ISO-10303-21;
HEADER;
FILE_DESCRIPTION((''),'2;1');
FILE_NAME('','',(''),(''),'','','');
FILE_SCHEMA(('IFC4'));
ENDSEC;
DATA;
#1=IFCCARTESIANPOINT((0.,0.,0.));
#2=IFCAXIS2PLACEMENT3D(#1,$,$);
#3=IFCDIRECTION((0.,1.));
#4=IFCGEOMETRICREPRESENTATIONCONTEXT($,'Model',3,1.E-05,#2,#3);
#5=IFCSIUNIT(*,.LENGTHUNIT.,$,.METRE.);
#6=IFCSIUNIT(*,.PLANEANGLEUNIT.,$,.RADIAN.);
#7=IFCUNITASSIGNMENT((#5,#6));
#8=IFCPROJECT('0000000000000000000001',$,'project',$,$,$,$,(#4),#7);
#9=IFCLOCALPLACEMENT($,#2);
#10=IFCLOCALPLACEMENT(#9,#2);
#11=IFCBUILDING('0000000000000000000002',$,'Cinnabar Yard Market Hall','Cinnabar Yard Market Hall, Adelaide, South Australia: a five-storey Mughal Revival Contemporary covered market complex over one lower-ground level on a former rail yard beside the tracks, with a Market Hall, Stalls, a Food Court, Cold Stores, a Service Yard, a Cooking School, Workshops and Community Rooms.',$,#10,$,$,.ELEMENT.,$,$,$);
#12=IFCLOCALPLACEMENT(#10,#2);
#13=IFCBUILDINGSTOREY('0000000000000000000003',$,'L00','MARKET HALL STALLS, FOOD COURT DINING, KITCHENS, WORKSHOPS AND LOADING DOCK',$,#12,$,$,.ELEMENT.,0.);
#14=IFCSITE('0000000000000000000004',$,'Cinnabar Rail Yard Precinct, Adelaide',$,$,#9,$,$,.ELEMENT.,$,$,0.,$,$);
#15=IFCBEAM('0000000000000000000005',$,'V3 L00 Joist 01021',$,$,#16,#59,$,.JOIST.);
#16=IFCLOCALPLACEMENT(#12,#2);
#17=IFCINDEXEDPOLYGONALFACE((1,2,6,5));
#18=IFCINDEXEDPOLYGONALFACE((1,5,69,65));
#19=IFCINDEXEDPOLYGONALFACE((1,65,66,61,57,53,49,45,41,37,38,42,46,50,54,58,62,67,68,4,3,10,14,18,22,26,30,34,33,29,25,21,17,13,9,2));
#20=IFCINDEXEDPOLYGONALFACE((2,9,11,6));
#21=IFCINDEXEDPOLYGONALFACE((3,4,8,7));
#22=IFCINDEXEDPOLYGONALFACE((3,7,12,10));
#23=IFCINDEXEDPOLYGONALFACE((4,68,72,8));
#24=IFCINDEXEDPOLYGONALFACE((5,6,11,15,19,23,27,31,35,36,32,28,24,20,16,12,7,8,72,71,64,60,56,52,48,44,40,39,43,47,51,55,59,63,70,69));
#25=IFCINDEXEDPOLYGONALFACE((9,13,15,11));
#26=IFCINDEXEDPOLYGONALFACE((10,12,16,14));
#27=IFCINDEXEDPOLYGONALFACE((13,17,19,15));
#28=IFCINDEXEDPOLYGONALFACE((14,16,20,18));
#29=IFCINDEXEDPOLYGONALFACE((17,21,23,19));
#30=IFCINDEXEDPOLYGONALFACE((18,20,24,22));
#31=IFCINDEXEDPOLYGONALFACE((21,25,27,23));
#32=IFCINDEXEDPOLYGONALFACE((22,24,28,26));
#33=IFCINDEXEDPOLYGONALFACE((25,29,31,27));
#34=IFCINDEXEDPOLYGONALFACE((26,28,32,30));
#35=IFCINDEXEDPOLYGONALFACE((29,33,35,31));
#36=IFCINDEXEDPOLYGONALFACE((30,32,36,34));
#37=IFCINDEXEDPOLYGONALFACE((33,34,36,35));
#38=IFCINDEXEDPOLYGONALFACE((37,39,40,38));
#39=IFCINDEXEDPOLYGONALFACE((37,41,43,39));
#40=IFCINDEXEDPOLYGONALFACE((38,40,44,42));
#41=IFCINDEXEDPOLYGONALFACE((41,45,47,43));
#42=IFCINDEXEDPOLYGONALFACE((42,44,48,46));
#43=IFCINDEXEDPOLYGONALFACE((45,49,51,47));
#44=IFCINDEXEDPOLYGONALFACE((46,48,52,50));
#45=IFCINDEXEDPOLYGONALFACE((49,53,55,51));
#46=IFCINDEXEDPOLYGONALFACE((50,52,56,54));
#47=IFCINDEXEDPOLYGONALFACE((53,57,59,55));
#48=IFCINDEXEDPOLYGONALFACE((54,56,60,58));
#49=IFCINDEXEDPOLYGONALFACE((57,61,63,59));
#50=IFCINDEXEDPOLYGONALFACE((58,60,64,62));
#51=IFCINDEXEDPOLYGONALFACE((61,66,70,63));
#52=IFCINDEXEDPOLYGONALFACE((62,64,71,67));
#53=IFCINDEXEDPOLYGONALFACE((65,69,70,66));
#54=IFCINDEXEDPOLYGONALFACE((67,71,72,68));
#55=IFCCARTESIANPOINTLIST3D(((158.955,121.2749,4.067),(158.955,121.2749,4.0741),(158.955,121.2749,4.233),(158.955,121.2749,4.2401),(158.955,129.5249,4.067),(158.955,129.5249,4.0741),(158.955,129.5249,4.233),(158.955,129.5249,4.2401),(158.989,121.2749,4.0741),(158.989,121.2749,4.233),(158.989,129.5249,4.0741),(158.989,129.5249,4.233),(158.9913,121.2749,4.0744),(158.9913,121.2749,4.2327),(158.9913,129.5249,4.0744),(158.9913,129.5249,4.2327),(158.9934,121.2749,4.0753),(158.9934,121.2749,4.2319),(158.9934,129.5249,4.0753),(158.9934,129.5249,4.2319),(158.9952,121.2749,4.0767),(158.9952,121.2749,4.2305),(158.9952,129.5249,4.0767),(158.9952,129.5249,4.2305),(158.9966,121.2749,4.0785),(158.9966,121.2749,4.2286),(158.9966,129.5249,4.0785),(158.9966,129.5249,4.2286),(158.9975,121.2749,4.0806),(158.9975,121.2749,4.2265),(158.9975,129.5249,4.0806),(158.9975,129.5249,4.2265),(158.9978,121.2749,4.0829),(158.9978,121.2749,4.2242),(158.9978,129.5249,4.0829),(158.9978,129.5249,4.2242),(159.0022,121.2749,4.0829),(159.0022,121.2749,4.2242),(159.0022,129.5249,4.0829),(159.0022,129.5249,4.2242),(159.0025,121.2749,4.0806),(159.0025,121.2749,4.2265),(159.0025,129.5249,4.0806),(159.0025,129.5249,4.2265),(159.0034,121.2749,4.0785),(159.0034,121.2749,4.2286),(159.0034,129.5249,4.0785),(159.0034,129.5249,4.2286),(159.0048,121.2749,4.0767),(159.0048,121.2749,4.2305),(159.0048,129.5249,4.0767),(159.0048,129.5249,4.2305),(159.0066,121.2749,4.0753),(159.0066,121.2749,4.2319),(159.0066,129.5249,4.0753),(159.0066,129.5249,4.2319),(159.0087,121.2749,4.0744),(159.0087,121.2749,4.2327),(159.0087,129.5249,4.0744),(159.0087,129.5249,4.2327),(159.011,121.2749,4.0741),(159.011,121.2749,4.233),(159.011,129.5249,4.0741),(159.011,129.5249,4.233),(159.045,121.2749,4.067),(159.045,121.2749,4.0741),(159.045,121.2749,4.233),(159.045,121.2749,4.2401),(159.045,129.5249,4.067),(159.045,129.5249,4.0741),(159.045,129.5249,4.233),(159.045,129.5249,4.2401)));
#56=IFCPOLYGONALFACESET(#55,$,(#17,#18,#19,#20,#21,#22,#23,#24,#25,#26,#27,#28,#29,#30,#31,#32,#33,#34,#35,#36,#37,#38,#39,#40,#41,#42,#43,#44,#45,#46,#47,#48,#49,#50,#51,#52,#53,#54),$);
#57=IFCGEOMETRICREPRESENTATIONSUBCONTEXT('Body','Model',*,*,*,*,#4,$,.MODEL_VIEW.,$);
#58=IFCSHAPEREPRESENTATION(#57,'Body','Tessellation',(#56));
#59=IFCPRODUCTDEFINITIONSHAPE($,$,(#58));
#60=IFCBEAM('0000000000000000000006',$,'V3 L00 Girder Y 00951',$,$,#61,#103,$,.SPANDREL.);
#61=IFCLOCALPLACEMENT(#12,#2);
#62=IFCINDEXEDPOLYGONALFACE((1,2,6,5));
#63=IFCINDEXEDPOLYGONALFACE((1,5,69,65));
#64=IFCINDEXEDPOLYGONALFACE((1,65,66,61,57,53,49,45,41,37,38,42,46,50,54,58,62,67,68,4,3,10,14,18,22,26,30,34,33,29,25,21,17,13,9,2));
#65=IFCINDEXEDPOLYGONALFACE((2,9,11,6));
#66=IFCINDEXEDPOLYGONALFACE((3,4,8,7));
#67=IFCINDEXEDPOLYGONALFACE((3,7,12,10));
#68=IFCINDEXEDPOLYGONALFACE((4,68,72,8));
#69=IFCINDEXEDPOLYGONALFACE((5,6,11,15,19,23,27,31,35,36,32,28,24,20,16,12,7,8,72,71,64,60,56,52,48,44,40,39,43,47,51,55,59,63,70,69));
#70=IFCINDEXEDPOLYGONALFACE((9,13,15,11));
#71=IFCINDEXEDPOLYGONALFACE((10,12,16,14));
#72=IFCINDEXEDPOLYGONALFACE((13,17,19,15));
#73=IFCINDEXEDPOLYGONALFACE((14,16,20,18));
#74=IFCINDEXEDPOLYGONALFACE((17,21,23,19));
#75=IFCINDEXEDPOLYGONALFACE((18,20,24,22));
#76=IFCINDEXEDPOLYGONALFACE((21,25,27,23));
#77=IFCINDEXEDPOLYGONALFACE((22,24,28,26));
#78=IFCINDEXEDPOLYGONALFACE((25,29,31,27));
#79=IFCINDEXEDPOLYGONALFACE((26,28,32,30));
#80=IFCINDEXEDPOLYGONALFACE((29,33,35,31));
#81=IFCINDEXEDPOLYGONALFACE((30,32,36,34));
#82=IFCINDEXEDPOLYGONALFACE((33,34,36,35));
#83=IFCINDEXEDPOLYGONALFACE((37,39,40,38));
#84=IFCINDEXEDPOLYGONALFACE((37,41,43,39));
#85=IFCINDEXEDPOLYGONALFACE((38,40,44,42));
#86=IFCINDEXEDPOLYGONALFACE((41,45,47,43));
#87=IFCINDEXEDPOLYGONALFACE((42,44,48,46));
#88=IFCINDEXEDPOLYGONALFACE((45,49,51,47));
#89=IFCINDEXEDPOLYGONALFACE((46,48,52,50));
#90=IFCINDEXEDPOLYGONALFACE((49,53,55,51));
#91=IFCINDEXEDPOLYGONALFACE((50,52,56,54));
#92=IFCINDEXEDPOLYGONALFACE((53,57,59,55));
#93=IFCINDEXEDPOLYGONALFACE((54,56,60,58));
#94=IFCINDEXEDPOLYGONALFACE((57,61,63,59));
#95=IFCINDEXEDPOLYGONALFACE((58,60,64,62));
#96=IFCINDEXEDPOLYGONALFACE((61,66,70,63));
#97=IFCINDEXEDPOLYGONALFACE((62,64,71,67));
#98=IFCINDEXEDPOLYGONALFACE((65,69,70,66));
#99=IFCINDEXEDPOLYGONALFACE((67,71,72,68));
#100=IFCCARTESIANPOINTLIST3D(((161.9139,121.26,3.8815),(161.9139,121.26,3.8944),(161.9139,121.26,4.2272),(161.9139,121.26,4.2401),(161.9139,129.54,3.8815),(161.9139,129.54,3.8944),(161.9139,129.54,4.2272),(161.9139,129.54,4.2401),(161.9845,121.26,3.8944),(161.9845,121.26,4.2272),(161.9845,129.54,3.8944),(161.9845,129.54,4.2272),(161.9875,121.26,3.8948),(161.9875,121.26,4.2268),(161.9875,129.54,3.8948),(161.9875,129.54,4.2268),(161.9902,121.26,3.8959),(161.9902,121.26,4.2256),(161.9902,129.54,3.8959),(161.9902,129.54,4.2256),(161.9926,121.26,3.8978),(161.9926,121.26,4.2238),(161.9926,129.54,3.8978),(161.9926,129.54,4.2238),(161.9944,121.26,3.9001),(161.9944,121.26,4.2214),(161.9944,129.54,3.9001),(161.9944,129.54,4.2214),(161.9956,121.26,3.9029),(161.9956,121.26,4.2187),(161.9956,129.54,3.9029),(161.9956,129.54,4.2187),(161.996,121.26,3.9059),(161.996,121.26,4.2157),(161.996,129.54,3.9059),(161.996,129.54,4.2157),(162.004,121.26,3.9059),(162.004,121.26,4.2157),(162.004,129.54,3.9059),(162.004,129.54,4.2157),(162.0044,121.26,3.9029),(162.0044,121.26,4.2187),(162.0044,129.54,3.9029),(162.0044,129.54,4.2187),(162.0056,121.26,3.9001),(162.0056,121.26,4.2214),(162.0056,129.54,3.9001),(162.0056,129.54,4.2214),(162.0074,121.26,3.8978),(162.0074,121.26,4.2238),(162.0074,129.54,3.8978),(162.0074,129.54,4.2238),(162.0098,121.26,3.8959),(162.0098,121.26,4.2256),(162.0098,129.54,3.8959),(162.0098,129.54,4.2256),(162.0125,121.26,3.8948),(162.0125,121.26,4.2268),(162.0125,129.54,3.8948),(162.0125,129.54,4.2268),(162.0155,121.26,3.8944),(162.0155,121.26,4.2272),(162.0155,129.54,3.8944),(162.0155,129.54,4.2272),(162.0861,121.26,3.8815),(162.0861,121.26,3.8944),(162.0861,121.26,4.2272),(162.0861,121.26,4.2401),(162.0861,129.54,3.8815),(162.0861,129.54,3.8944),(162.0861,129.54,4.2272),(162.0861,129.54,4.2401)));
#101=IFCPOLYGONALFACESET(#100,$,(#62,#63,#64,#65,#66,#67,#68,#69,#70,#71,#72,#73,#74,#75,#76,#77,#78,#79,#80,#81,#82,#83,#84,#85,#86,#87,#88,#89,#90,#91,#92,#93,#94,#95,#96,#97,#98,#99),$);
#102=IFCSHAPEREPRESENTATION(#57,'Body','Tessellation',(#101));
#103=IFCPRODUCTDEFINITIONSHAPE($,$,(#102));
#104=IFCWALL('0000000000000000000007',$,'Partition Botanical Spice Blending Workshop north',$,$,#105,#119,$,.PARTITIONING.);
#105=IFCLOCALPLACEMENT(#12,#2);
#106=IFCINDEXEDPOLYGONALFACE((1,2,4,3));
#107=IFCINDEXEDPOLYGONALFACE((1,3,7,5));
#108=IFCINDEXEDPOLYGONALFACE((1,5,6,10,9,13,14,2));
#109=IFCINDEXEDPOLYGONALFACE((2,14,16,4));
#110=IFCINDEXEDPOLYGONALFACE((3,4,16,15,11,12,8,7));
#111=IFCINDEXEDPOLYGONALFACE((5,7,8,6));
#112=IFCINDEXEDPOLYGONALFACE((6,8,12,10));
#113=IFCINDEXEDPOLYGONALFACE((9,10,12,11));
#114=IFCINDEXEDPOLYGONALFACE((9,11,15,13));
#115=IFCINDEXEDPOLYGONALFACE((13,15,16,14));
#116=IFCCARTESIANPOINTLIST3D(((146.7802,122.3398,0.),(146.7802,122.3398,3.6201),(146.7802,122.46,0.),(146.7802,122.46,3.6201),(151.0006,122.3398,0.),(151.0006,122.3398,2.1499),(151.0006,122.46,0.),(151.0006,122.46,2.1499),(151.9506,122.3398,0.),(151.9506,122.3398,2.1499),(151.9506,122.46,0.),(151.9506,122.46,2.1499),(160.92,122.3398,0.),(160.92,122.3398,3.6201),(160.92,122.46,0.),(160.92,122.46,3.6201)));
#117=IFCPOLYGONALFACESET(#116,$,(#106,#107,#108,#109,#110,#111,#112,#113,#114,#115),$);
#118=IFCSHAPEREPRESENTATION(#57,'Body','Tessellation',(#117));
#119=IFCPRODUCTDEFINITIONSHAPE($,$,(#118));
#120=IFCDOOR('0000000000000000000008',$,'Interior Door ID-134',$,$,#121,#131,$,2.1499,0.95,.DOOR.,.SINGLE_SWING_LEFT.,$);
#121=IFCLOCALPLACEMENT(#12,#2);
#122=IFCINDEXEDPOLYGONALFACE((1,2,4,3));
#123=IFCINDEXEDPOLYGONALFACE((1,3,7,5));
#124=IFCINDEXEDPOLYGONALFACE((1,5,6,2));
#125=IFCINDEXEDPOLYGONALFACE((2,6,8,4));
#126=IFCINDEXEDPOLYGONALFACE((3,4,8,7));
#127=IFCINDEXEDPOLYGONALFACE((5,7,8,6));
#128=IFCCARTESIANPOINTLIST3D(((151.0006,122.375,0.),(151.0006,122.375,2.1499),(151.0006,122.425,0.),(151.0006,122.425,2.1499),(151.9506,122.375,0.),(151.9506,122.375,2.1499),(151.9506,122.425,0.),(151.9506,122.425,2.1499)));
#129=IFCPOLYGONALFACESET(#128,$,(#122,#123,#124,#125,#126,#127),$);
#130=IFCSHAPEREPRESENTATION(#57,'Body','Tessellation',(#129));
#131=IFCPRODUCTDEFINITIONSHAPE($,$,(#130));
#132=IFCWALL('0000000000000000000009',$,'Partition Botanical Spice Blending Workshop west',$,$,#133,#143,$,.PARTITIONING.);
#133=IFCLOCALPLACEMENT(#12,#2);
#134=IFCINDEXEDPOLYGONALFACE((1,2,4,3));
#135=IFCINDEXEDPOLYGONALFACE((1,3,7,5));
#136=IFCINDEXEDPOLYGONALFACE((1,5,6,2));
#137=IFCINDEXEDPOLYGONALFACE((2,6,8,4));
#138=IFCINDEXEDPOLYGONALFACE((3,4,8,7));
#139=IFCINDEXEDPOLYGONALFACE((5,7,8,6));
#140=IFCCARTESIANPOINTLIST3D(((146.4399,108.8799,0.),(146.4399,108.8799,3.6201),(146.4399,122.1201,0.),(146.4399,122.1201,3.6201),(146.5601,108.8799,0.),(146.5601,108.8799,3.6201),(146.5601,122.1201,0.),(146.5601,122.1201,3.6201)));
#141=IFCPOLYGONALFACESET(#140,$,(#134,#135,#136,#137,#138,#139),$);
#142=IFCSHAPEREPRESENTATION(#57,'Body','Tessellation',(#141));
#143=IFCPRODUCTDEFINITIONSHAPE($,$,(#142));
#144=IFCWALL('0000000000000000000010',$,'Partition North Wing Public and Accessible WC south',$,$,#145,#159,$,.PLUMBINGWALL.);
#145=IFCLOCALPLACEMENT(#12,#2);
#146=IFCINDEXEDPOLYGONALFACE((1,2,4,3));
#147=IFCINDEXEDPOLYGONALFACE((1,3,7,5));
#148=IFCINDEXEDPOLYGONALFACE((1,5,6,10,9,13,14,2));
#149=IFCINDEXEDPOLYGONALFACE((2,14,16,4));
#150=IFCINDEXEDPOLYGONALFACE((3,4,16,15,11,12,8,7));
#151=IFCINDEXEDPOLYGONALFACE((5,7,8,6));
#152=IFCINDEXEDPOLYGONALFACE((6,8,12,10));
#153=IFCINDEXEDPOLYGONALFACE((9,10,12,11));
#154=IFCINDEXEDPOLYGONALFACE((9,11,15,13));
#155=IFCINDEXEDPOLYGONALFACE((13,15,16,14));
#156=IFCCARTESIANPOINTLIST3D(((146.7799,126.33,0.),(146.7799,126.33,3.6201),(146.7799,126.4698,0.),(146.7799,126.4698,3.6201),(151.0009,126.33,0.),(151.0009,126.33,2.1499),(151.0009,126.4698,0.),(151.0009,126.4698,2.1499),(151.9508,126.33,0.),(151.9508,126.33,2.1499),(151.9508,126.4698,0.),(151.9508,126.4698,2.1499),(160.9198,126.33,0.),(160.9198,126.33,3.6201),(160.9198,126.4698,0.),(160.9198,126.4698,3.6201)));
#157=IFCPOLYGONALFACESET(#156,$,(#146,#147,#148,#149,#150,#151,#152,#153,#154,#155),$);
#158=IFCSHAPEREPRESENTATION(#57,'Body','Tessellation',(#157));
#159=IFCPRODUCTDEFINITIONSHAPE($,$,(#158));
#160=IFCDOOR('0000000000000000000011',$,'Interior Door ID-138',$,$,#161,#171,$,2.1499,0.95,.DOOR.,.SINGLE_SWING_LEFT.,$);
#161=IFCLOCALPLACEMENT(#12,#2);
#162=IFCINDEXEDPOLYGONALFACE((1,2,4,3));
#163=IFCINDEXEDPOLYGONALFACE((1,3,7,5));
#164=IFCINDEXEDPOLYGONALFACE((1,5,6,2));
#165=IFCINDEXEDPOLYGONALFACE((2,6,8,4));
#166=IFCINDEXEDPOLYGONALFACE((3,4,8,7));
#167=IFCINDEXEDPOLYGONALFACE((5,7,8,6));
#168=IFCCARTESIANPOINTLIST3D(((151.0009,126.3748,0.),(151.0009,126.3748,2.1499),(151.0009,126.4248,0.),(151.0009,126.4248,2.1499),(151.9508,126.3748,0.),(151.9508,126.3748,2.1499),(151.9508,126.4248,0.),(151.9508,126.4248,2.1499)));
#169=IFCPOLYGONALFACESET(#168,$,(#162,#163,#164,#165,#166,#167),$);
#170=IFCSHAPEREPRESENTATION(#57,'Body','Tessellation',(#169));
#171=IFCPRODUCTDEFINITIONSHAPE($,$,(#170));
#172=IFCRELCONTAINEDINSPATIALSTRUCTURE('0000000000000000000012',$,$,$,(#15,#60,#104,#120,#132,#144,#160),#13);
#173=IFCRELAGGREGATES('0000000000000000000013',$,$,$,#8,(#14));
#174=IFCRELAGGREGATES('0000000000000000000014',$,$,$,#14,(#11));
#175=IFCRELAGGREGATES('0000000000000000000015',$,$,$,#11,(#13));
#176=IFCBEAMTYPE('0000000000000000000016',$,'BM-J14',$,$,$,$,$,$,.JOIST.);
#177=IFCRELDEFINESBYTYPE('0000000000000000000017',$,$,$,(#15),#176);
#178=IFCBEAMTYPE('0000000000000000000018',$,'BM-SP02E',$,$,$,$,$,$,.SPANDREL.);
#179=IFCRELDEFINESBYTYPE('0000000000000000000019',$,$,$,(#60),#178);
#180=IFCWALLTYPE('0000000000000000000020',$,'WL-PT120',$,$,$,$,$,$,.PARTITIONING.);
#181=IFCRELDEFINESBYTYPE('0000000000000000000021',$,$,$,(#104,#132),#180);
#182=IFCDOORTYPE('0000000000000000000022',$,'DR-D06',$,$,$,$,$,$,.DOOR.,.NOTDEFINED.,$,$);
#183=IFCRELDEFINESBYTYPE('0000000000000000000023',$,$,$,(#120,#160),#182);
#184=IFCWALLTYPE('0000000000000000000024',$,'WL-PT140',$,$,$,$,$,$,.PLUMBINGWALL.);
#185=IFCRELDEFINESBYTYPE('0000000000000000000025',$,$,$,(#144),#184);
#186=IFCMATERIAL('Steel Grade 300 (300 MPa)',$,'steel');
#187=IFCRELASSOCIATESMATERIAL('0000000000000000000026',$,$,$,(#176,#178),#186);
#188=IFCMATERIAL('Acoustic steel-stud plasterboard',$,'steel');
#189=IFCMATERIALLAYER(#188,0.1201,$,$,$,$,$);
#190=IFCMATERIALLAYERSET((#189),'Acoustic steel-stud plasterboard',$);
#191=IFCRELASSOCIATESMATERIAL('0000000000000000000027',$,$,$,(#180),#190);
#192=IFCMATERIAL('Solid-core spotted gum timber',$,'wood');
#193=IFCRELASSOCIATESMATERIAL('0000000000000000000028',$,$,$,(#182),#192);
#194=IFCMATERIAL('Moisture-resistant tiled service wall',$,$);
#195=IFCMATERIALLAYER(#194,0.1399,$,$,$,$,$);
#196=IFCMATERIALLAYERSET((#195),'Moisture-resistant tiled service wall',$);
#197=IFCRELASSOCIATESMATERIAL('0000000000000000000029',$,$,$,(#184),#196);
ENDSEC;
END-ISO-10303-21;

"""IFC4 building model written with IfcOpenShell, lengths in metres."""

from ifc_helpers import new_model, si_unit, direction, frame, frame_2d, origin, origin_2d_with_axis, place, context, subcontext, project, spatial, rectangle, i_section, extrude, material, layer, layer_set, material_profile, profile_set, type_object, element, fill, save


model = new_model("IFC4")

# Units and contexts
model_context = context("Model", 3, precision=1e-05, world=origin(), true_north=direction((0.0, 1.0)))
body_context = subcontext(model_context, "Body", "Model", "MODEL_VIEW")
ifc_project = project(units=[si_unit("LENGTHUNIT", "METRE"), si_unit("PLANEANGLEUNIT", "RADIAN")], contexts=[model_context])

# Site, building, storey
site_placement = place(None, origin())
site = spatial("IfcSite", under=ifc_project, at=site_placement, Name="Cinnabar Rail Yard Precinct, Adelaide", CompositionType="ELEMENT", RefElevation=0.0)
building_placement = place(site_placement, origin())
building = spatial("IfcBuilding", under=site, at=building_placement, Name="Cinnabar Yard Market Hall", Description="Cinnabar Yard Market Hall, Adelaide, South Australia: a five-storey Mughal Revival Contemporary covered market complex over one lower-ground level on a former rail yard beside the tracks, with a Market Hall, Stalls, a Food Court, Cold Stores, a Service Yard, a Cooking School, Workshops and Community Rooms.", CompositionType="ELEMENT")
storey_placement = place(building_placement, origin())
storey = spatial("IfcBuildingStorey", under=building, at=storey_placement, Name="L00", Description="MARKET HALL STALLS, FOOD COURT DINING, KITCHENS, WORKSHOPS AND LOADING DOCK", CompositionType="ELEMENT", Elevation=0.0)

# Shared definitions
ifc_material_1 = material(Name="Steel Grade 300 (300 MPa)", Category="steel")

# Beams
ifc_material_profile_1 = material_profile(ifc_material_1, i_section(OverallWidth=0.0901, OverallDepth=0.1731, WebThickness=0.0044, FlangeThickness=0.0071, FilletRadius=0.0088, at=origin_2d_with_axis()), Name="180UB16.1")
ifc_profile_set_1 = profile_set([ifc_material_profile_1], Name="Steel Grade 300 (300 MPa)")
beam_type_1 = type_object("IfcBeamType", Name="BM-J14", PredefinedType="JOIST", material=ifc_profile_set_1)
beam_1_placement = place(storey_placement, frame((159.0, 121.2749, 4.1536), z_axis=(0.0, 1.0, 0.0), x_axis=(-1.0, 0.0, 0.0)))
element("IfcBeam", 1, at=beam_1_placement, inside=storey, type_object=beam_type_1, Name="V3 L00 Joist 01021", PredefinedType="JOIST", context=body_context, shape_type="SweptSolid", body=[
    extrude(i_section(OverallWidth=0.0901, OverallDepth=0.1731, WebThickness=0.0044, FlangeThickness=0.0071, FilletRadius=0.0088, at=origin_2d_with_axis()), origin(), (0.0, 0.0, 1.0), 8.25),
])
ifc_material_profile_2 = material_profile(ifc_material_1, i_section(OverallWidth=0.1721, OverallDepth=0.3586, WebThickness=0.0081, FlangeThickness=0.0129, FilletRadius=0.0115, at=origin_2d_with_axis()), Name="360UB56.7")
ifc_profile_set_2 = profile_set([ifc_material_profile_2], Name="Steel Grade 300 (300 MPa)")
beam_type_2 = type_object("IfcBeamType", Name="BM-SP02E", PredefinedType="SPANDREL", material=ifc_profile_set_2)
beam_2_placement = place(storey_placement, frame((162.0, 121.26, 4.0608), z_axis=(0.0, 1.0, 0.0), x_axis=(-1.0, 0.0, 0.0)))
element("IfcBeam", 2, at=beam_2_placement, inside=storey, type_object=beam_type_2, Name="V3 L00 Girder Y 00951", PredefinedType="SPANDREL", context=body_context, shape_type="SweptSolid", body=[
    extrude(i_section(OverallWidth=0.1721, OverallDepth=0.3586, WebThickness=0.0081, FlangeThickness=0.0129, FilletRadius=0.0115, at=origin_2d_with_axis()), origin(), (0.0, 0.0, 1.0), 8.28),
])

# Wall, opening, door
ifc_material_2 = material(Name="Acoustic steel-stud plasterboard", Category="steel")
ifc_layer_1 = layer(ifc_material_2, 0.1201)
ifc_layer_set_1 = layer_set([ifc_layer_1], Name="Acoustic steel-stud plasterboard")
wall_type_1 = type_object("IfcWallType", Name="WL-PT120", PredefinedType="PARTITIONING", material=ifc_layer_set_1)
wall_1_placement = place(storey_placement, frame((160.9199, 122.3999, 0.0), z_axis=(0.0, 0.0, 1.0), x_axis=(-1.0, 0.0, 0.0)))
wall_1 = element("IfcWall", 3, at=wall_1_placement, inside=storey, type_object=wall_type_1, Name="Partition Botanical Spice Blending Workshop north", PredefinedType="PARTITIONING", context=body_context, shape_type="SweptSolid", body=[
    extrude(rectangle(XDim=14.1399, YDim=0.1201, at=frame_2d((7.0698, 0.0), x_axis=(1.0, 0.0))), origin(), (0.0, 0.0, 1.0), 3.6201),
])
opening_1_placement = place(wall_1_placement, frame((8.9692, 0.0, 0.0)))
opening_1 = element("IfcOpeningElement", 4, at=opening_1_placement, cuts=wall_1, PredefinedType="OPENING", context=body_context, shape_type="SweptSolid", body=[
    extrude(rectangle(XDim=0.95, YDim=2.1499, at=frame_2d((0.4751, 1.075), x_axis=(1.0, 0.0))), frame((0.0, 0.0701, 0.0), z_axis=(0.0, -1.0, 0.0), x_axis=(1.0, 0.0, 0.0)), (0.0, 0.0, 1.0), 0.1401),
])
ifc_material_3 = material(Name="Solid-core spotted gum timber", Category="wood")
door_type = type_object("IfcDoorType", Name="DR-D06", OperationType="NOTDEFINED", PredefinedType="DOOR", material=ifc_material_3)
door_1_placement = place(opening_1_placement, origin())
door_1 = element("IfcDoor", 5, at=door_1_placement, inside=storey, type_object=door_type, Name="Interior Door ID-134", OperationType="SINGLE_SWING_LEFT", OverallHeight=2.1499, OverallWidth=0.95, PredefinedType="DOOR", context=body_context, shape_type="SweptSolid", body=[
    extrude(rectangle(XDim=0.95, YDim=2.1499, at=frame_2d((0.4751, 1.075), x_axis=(1.0, 0.0))), frame((0.0, 0.0249, 0.0), z_axis=(0.0, -1.0, 0.0), x_axis=(1.0, 0.0, 0.0)), (0.0, 0.0, 1.0), 0.05),
])
fill(opening_1, door_1)

# Wall
wall_2_placement = place(storey_placement, frame((146.5, 122.1201, 0.0), z_axis=(0.0, 0.0, 1.0), x_axis=(0.0, -1.0, 0.0)))
element("IfcWall", 6, at=wall_2_placement, inside=storey, type_object=wall_type_1, Name="Partition Botanical Spice Blending Workshop west", PredefinedType="PARTITIONING", context=body_context, shape_type="SweptSolid", body=[
    extrude(rectangle(XDim=13.2402, YDim=0.1201, at=frame_2d((6.6201, 0.0), x_axis=(1.0, 0.0))), origin(), (0.0, 0.0, 1.0), 3.6201),
])

# Wall, opening, door
ifc_material_4 = material(Name="Moisture-resistant tiled service wall")
ifc_layer_2 = layer(ifc_material_4, 0.1399)
ifc_layer_set_2 = layer_set([ifc_layer_2], Name="Moisture-resistant tiled service wall")
wall_type_2 = type_object("IfcWallType", Name="WL-PT140", PredefinedType="PLUMBINGWALL", material=ifc_layer_set_2)
wall_3_placement = place(storey_placement, frame((146.78, 126.3999, 0.0), z_axis=(0.0, 0.0, 1.0), x_axis=(1.0, 0.0, 0.0)))
wall_3 = element("IfcWall", 7, at=wall_3_placement, inside=storey, type_object=wall_type_2, Name="Partition North Wing Public and Accessible WC south", PredefinedType="PLUMBINGWALL", context=body_context, shape_type="SweptSolid", body=[
    extrude(rectangle(XDim=14.1399, YDim=0.1399, at=frame_2d((7.0698, 0.0), x_axis=(1.0, 0.0))), origin(), (0.0, 0.0, 1.0), 3.6201),
])
opening_2_placement = place(wall_3_placement, frame((4.2207, 0.0, 0.0)))
opening_2 = element("IfcOpeningElement", 8, at=opening_2_placement, cuts=wall_3, PredefinedType="OPENING", context=body_context, shape_type="SweptSolid", body=[
    extrude(rectangle(XDim=0.95, YDim=2.1499, at=frame_2d((0.4751, 1.075), x_axis=(1.0, 0.0))), frame((0.0, 0.0798, 0.0), z_axis=(0.0, -1.0, 0.0), x_axis=(1.0, 0.0, 0.0)), (0.0, 0.0, 1.0), 0.1599),
])
door_2_placement = place(opening_2_placement, origin())
door_2 = element("IfcDoor", 9, at=door_2_placement, inside=storey, type_object=door_type, Name="Interior Door ID-138", OperationType="SINGLE_SWING_LEFT", OverallHeight=2.1499, OverallWidth=0.95, PredefinedType="DOOR", context=body_context, shape_type="SweptSolid", body=[
    extrude(rectangle(XDim=0.95, YDim=2.1499, at=frame_2d((0.4751, 1.075), x_axis=(1.0, 0.0))), frame((0.0, 0.0249, 0.0), z_axis=(0.0, -1.0, 0.0), x_axis=(1.0, 0.0, 0.0)), (0.0, 0.0, 1.0), 0.05),
])
fill(opening_2, door_2)

save(model, "model.ifc")
